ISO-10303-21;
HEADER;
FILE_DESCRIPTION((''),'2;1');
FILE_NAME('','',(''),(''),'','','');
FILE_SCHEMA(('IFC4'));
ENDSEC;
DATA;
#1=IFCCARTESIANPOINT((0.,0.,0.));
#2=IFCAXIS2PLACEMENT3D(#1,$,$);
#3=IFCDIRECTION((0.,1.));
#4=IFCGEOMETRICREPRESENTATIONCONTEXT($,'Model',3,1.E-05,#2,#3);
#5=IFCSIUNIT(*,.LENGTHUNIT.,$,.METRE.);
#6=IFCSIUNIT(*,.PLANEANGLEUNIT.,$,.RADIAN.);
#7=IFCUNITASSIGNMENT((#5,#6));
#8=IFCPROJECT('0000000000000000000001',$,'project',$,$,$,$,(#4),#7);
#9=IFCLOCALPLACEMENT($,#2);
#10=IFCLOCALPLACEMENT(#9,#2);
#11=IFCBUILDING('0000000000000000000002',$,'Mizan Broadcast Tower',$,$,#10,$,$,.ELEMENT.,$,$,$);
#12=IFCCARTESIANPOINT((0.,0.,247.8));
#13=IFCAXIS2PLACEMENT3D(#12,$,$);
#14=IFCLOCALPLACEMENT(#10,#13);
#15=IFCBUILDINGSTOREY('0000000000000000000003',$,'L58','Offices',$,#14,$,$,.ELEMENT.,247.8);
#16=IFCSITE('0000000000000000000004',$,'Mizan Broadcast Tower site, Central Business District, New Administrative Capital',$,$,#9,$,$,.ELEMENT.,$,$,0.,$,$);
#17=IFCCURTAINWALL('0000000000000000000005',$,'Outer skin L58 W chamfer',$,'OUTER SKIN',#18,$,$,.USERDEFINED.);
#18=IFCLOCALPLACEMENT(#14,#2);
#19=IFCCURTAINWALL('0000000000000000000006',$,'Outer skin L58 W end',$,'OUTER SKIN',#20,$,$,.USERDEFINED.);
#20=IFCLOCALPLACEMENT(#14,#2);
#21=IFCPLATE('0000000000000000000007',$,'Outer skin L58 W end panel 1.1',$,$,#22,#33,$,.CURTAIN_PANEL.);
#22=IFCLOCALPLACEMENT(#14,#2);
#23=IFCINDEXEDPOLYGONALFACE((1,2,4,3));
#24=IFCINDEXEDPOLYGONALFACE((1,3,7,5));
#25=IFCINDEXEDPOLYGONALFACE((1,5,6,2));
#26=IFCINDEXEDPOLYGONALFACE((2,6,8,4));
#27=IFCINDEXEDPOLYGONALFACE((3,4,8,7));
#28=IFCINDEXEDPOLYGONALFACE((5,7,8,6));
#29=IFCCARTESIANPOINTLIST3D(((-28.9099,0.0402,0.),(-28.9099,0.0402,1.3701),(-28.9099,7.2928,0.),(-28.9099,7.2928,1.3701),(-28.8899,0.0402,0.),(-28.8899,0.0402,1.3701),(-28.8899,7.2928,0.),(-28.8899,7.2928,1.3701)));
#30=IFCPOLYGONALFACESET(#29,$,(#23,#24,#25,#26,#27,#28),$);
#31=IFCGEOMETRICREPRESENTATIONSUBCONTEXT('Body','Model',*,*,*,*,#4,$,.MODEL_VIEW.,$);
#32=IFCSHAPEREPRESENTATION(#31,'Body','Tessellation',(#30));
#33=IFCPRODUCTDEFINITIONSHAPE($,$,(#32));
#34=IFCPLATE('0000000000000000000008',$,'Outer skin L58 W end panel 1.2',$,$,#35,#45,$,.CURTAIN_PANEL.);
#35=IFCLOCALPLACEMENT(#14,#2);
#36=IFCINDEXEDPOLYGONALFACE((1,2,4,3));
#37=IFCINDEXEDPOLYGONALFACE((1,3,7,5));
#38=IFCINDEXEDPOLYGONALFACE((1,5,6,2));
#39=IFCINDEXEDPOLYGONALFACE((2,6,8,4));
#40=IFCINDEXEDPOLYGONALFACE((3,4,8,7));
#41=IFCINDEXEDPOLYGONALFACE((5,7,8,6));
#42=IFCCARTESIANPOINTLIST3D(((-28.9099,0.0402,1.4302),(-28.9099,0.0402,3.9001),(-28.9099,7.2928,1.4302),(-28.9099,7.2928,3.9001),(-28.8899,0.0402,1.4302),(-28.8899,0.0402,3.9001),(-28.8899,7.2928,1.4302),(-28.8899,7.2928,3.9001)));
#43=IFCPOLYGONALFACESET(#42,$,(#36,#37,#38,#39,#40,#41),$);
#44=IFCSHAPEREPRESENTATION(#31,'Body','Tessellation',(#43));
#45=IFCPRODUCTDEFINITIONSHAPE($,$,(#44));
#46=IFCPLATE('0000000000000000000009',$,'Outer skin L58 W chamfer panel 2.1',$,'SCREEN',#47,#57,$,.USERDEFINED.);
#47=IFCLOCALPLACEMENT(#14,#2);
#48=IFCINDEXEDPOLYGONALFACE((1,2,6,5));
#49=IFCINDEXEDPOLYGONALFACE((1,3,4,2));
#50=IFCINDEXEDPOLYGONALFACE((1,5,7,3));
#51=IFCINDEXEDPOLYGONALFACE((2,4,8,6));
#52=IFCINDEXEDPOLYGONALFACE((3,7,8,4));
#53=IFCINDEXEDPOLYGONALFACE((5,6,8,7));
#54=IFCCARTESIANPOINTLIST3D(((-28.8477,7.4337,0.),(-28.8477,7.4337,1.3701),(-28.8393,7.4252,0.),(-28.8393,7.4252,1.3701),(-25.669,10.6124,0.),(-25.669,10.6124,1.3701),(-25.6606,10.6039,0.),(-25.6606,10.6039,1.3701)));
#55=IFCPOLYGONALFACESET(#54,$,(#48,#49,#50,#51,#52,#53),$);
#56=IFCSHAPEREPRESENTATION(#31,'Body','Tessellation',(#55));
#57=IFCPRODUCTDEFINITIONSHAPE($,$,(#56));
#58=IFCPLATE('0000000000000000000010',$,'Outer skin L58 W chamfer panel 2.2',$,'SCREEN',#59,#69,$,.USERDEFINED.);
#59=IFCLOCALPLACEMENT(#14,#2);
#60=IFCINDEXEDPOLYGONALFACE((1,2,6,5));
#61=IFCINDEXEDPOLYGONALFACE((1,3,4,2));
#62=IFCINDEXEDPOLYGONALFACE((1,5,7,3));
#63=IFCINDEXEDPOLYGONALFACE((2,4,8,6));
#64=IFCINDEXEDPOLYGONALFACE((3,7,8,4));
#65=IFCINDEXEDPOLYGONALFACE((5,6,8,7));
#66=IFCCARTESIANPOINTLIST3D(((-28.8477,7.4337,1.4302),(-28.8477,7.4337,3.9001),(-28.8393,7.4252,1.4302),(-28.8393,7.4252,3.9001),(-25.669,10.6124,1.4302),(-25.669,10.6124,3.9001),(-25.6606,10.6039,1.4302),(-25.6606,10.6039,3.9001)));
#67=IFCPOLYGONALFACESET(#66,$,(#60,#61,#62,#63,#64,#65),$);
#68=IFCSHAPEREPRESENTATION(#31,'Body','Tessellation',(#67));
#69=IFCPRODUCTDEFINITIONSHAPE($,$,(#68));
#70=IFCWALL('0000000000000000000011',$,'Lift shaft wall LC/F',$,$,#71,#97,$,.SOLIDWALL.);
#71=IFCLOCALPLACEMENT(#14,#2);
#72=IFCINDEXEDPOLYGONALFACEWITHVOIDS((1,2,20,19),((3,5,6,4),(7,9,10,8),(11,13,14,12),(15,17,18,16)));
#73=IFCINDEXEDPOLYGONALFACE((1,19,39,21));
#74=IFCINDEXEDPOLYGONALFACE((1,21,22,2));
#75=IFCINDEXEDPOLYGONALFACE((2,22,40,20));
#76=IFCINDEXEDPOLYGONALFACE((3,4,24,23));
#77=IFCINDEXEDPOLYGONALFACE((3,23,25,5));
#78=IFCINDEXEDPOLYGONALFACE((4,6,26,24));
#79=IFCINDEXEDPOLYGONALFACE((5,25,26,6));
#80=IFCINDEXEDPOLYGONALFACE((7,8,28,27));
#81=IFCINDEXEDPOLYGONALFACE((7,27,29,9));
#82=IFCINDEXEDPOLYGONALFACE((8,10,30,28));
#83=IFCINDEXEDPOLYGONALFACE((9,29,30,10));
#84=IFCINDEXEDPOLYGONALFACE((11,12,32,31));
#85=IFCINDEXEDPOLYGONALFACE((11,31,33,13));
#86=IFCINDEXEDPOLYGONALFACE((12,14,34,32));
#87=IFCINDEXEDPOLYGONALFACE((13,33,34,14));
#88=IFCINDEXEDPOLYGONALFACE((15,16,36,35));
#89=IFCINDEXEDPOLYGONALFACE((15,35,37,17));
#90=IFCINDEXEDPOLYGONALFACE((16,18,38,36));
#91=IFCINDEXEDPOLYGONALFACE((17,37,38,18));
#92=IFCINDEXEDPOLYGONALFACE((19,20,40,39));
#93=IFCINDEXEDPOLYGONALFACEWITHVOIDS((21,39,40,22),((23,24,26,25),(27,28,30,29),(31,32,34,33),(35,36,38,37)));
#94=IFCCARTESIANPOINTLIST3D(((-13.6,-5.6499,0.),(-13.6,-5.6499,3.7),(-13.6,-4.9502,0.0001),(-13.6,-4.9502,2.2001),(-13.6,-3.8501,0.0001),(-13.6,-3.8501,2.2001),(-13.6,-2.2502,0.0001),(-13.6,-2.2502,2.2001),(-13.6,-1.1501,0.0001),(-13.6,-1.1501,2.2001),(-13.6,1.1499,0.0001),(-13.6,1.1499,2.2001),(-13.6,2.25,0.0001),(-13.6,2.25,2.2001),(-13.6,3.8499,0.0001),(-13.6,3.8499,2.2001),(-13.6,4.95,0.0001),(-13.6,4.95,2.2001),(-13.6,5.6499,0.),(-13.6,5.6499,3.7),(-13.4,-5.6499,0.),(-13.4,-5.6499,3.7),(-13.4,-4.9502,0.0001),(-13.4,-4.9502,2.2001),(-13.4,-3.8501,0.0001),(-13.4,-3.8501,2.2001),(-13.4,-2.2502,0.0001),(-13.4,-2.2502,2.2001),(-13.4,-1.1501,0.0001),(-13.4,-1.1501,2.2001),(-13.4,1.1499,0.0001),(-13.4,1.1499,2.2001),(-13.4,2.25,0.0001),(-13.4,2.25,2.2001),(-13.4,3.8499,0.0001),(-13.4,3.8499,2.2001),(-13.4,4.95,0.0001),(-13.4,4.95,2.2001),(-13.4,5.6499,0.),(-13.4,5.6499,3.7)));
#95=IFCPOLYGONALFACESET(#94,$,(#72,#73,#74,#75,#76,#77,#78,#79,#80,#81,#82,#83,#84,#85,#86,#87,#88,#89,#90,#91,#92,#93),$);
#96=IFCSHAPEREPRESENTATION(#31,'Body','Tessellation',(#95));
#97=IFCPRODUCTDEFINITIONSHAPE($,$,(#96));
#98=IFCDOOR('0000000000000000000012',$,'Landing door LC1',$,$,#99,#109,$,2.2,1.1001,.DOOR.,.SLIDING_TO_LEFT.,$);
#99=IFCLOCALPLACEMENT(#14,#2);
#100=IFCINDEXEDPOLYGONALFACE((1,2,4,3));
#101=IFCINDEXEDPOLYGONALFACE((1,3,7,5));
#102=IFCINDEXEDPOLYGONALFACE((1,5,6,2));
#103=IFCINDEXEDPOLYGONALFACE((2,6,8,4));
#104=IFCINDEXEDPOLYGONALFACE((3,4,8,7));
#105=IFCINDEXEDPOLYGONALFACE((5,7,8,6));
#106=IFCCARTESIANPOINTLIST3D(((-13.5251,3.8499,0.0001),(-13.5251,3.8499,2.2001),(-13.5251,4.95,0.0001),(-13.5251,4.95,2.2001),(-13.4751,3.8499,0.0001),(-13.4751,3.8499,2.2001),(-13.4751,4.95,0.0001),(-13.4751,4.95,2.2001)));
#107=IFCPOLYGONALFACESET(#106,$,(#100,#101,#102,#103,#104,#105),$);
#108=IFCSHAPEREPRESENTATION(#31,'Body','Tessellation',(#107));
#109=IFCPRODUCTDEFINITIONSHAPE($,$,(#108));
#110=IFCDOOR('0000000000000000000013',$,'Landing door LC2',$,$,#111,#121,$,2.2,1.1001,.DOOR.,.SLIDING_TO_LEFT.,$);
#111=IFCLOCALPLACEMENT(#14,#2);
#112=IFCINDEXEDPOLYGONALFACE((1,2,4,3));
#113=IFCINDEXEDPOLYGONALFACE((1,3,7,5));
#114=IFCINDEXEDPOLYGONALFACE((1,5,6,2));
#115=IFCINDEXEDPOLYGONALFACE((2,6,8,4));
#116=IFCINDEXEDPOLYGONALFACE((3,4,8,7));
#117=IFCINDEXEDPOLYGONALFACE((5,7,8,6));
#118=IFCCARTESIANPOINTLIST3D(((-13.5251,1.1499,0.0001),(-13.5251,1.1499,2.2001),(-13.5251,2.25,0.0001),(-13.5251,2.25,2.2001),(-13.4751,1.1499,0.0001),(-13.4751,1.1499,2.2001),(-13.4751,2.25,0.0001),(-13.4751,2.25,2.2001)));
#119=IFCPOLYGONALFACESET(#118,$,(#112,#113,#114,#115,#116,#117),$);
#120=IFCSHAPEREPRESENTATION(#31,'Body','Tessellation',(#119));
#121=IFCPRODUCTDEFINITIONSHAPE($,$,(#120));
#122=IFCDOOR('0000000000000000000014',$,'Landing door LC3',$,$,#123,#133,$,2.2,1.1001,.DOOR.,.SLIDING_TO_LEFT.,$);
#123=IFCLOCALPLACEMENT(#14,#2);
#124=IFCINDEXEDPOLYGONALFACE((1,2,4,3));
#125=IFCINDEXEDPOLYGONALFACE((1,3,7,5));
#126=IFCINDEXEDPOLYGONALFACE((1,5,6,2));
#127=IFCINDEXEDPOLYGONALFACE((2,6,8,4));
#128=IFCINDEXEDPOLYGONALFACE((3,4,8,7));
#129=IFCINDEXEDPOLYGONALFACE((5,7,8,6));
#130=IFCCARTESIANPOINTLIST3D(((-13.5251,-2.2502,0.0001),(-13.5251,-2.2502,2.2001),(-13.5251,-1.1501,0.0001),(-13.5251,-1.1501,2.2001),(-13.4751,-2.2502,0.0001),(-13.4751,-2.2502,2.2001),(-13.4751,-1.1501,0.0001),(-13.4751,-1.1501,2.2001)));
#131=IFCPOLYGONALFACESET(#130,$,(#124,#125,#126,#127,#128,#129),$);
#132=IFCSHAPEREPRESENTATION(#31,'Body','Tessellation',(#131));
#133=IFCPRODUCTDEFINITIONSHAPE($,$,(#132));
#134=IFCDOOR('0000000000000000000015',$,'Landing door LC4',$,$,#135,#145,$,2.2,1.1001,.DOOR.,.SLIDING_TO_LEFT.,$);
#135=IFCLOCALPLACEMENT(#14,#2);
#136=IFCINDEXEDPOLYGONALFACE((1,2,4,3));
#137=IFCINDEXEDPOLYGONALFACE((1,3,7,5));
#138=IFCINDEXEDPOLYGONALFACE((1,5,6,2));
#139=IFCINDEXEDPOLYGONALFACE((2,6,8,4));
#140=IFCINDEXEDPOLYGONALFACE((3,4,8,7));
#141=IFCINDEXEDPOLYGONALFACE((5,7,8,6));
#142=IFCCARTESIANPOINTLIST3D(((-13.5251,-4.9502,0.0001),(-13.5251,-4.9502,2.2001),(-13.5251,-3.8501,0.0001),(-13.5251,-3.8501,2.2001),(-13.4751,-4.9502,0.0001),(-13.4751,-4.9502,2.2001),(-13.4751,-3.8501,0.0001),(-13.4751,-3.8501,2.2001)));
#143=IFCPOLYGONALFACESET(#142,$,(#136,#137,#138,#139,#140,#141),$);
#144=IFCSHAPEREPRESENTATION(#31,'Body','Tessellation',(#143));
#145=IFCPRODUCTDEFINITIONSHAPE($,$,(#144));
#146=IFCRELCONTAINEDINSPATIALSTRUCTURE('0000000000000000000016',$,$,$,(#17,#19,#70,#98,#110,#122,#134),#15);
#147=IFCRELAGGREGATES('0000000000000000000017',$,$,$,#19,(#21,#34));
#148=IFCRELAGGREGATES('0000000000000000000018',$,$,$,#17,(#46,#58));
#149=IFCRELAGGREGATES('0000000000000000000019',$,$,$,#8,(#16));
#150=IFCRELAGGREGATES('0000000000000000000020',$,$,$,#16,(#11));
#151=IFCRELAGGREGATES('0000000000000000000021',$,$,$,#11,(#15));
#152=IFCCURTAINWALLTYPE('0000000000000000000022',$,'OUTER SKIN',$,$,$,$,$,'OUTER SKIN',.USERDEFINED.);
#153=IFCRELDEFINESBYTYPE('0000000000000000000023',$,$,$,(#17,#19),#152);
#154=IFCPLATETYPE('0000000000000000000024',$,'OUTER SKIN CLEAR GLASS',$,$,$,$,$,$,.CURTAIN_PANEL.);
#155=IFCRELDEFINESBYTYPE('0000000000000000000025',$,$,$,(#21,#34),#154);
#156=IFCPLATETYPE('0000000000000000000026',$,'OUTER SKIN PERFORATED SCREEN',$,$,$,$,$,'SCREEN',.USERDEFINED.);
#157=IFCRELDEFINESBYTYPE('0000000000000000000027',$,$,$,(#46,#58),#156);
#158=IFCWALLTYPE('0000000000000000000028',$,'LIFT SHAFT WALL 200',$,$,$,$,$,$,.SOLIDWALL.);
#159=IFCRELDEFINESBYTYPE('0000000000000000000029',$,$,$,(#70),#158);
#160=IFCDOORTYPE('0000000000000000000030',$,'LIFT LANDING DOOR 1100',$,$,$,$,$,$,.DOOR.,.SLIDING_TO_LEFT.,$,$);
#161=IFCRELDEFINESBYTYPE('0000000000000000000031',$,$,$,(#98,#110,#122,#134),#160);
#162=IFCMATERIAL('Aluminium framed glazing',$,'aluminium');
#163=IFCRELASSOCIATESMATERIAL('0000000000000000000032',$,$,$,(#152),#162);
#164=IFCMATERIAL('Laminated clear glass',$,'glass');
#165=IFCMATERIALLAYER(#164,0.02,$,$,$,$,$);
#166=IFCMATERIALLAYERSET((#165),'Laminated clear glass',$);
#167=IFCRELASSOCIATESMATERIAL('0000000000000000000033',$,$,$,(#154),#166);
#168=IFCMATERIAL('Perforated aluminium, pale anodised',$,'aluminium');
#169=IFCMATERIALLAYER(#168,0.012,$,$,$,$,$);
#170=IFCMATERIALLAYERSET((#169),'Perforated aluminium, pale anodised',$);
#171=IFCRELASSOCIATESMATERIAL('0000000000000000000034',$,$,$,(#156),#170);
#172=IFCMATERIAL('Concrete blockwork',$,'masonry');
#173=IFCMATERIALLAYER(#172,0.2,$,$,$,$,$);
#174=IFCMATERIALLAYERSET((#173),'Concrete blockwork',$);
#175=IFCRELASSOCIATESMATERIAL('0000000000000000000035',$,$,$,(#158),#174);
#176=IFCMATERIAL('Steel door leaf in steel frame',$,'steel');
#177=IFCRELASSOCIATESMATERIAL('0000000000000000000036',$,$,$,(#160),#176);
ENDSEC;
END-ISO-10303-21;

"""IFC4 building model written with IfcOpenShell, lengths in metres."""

from ifc_helpers import new_model, si_unit, direction, frame, frame_2d, origin, origin_2d, place, context, subcontext, project, spatial, rectangle, extrude, material, layer, layer_set, type_object, element, fill, aggregate, save


model = new_model("IFC4")

# Units and contexts
model_context = context("Model", 3, precision=1e-05, world=origin(), true_north=direction((0.0, 1.0)))
body_context = subcontext(model_context, "Body", "Model", "MODEL_VIEW")
ifc_project = project(units=[si_unit("LENGTHUNIT", "METRE"), si_unit("PLANEANGLEUNIT", "RADIAN")], contexts=[model_context])

# Site, building, storey
site_placement = place(None, origin())
site = spatial("IfcSite", under=ifc_project, at=site_placement, Name="Mizan Broadcast Tower site, Central Business District, New Administrative Capital", CompositionType="ELEMENT", RefElevation=0.0)
building_placement = place(site_placement, origin())
building = spatial("IfcBuilding", under=site, at=building_placement, Name="Mizan Broadcast Tower", CompositionType="ELEMENT")
storey_placement = place(building_placement, frame((0.0, 0.0, 247.8)))
storey = spatial("IfcBuildingStorey", under=building, at=storey_placement, Name="L58", Description="Offices", CompositionType="ELEMENT", Elevation=247.8)

# Curtain wall
ifc_material_1 = material(Name="Aluminium framed glazing", Category="aluminium")
curtain_wall_type_1 = type_object("IfcCurtainWallType", Name="OUTER SKIN", ElementType="OUTER SKIN", PredefinedType="USERDEFINED", material=ifc_material_1)
curtain_wall_1_placement = place(storey_placement, origin())
curtain_wall_1 = element("IfcCurtainWall", 1, at=curtain_wall_1_placement, inside=storey, type_object=curtain_wall_type_1, Name="Outer skin L58 W chamfer", ObjectType="OUTER SKIN", PredefinedType="USERDEFINED")

# Curtain wall
curtain_wall_2_placement = place(storey_placement, origin())
curtain_wall_2 = element("IfcCurtainWall", 2, at=curtain_wall_2_placement, inside=storey, type_object=curtain_wall_type_1, Name="Outer skin L58 W end", ObjectType="OUTER SKIN", PredefinedType="USERDEFINED")

# Plates
ifc_material_2 = material(Name="Laminated clear glass", Category="glass")
ifc_layer_1 = layer(ifc_material_2, 0.02)
ifc_layer_set_1 = layer_set([ifc_layer_1], Name="Laminated clear glass")
plate_type_1 = type_object("IfcPlateType", Name="OUTER SKIN CLEAR GLASS", PredefinedType="CURTAIN_PANEL", material=ifc_layer_set_1)
plate_1_placement = place(storey_placement, frame((-28.8999, 3.6665, 0.0), z_axis=(0.0, 0.0, 1.0), x_axis=(0.0, -1.0, 0.0)))
plate_1 = element("IfcPlate", 3, at=plate_1_placement, type_object=plate_type_1, Name="Outer skin L58 W end panel 1.1", PredefinedType="CURTAIN_PANEL", context=body_context, shape_type="SweptSolid", body=[
    extrude(rectangle(XDim=7.2527, YDim=0.02, at=origin_2d()), origin(), (0.0, 0.0, 1.0), 1.3701),
])
plate_2_placement = place(storey_placement, frame((-28.8999, 3.6665, 1.4302), z_axis=(0.0, 0.0, 1.0), x_axis=(0.0, -1.0, 0.0)))
plate_2 = element("IfcPlate", 4, at=plate_2_placement, type_object=plate_type_1, Name="Outer skin L58 W end panel 1.2", PredefinedType="CURTAIN_PANEL", context=body_context, shape_type="SweptSolid", body=[
    extrude(rectangle(XDim=7.2527, YDim=0.02, at=origin_2d()), origin(), (0.0, 0.0, 1.0), 2.47),
])
aggregate(curtain_wall_2, [plate_1, plate_2])
ifc_material_3 = material(Name="Perforated aluminium, pale anodised", Category="aluminium")
ifc_layer_2 = layer(ifc_material_3, 0.012)
ifc_layer_set_2 = layer_set([ifc_layer_2], Name="Perforated aluminium, pale anodised")
plate_type_2 = type_object("IfcPlateType", Name="OUTER SKIN PERFORATED SCREEN", ElementType="SCREEN", PredefinedType="USERDEFINED", material=ifc_layer_set_2)
plate_3_placement = place(storey_placement, frame((-27.2542, 9.0188, 0.0), z_axis=(0.0, 0.0, 1.0), x_axis=(-0.707107, -0.707107, 0.0)))
plate_3 = element("IfcPlate", 5, at=plate_3_placement, type_object=plate_type_2, Name="Outer skin L58 W chamfer panel 2.1", ObjectType="SCREEN", PredefinedType="USERDEFINED", context=body_context, shape_type="SweptSolid", body=[
    extrude(rectangle(XDim=4.4954, YDim=0.012, at=origin_2d()), origin(), (0.0, 0.0, 1.0), 1.3701),
])
plate_4_placement = place(storey_placement, frame((-27.2542, 9.0188, 1.4302), z_axis=(0.0, 0.0, 1.0), x_axis=(-0.707107, -0.707107, 0.0)))
plate_4 = element("IfcPlate", 6, at=plate_4_placement, type_object=plate_type_2, Name="Outer skin L58 W chamfer panel 2.2", ObjectType="SCREEN", PredefinedType="USERDEFINED", context=body_context, shape_type="SweptSolid", body=[
    extrude(rectangle(XDim=4.4954, YDim=0.012, at=origin_2d()), origin(), (0.0, 0.0, 1.0), 2.47),
])
aggregate(curtain_wall_1, [plate_3, plate_4])

# Wall, openings, doors
ifc_material_4 = material(Name="Concrete blockwork", Category="masonry")
ifc_layer_3 = layer(ifc_material_4, 0.2)
ifc_layer_set_3 = layer_set([ifc_layer_3], Name="Concrete blockwork")
wall_type_1 = type_object("IfcWallType", Name="LIFT SHAFT WALL 200", PredefinedType="SOLIDWALL", material=ifc_layer_set_3)
wall_1_placement = place(storey_placement, frame((-13.5, 5.6499, 0.0), z_axis=(0.0, 0.0, 1.0), x_axis=(0.0, -1.0, 0.0)))
wall_1 = element("IfcWall", 7, at=wall_1_placement, inside=storey, type_object=wall_type_1, Name="Lift shaft wall LC/F", PredefinedType="SOLIDWALL", context=body_context, shape_type="SweptSolid", body=[
    extrude(rectangle(XDim=11.2998, YDim=0.2, at=frame_2d((5.6499, 0.0))), origin(), (0.0, 0.0, 1.0), 3.7),
])
opening_1_placement = place(wall_1_placement, frame((0.7, 0.0, 0.0)))
opening_1 = element("IfcOpeningElement", 8, at=opening_1_placement, cuts=wall_1, PredefinedType="OPENING", context=body_context, shape_type="SweptSolid", body=[
    extrude(rectangle(XDim=1.1001, YDim=2.2, at=frame_2d((0.55, 1.1001))), frame((0.0, 0.1099, 0.0), z_axis=(0.0, -1.0, 0.0), x_axis=(1.0, 0.0, 0.0)), (0.0, 0.0, 1.0), 0.22),
])
opening_2_placement = place(wall_1_placement, frame((3.3999, 0.0, 0.0)))
opening_2 = element("IfcOpeningElement", 9, at=opening_2_placement, cuts=wall_1, PredefinedType="OPENING", context=body_context, shape_type="SweptSolid", body=[
    extrude(rectangle(XDim=1.1001, YDim=2.2, at=frame_2d((0.55, 1.1001))), frame((0.0, 0.1099, 0.0), z_axis=(0.0, -1.0, 0.0), x_axis=(1.0, 0.0, 0.0)), (0.0, 0.0, 1.0), 0.22),
])
opening_3_placement = place(wall_1_placement, frame((6.8, 0.0, 0.0)))
opening_3 = element("IfcOpeningElement", 10, at=opening_3_placement, cuts=wall_1, PredefinedType="OPENING", context=body_context, shape_type="SweptSolid", body=[
    extrude(rectangle(XDim=1.1001, YDim=2.2, at=frame_2d((0.55, 1.1001))), frame((0.0, 0.1099, 0.0), z_axis=(0.0, -1.0, 0.0), x_axis=(1.0, 0.0, 0.0)), (0.0, 0.0, 1.0), 0.22),
])
opening_4_placement = place(wall_1_placement, frame((9.5, 0.0, 0.0)))
opening_4 = element("IfcOpeningElement", 11, at=opening_4_placement, cuts=wall_1, PredefinedType="OPENING", context=body_context, shape_type="SweptSolid", body=[
    extrude(rectangle(XDim=1.1001, YDim=2.2, at=frame_2d((0.55, 1.1001))), frame((0.0, 0.1099, 0.0), z_axis=(0.0, -1.0, 0.0), x_axis=(1.0, 0.0, 0.0)), (0.0, 0.0, 1.0), 0.22),
])
ifc_material_5 = material(Name="Steel door leaf in steel frame", Category="steel")
door_type_1 = type_object("IfcDoorType", Name="LIFT LANDING DOOR 1100", OperationType="SLIDING_TO_LEFT", PredefinedType="DOOR", material=ifc_material_5)
door_1_placement = place(opening_1_placement, origin())
door_1 = element("IfcDoor", 12, at=door_1_placement, inside=storey, type_object=door_type_1, Name="Landing door LC1", OperationType="SLIDING_TO_LEFT", OverallHeight=2.2, OverallWidth=1.1001, PredefinedType="DOOR", context=body_context, shape_type="SweptSolid", body=[
    extrude(rectangle(XDim=1.1001, YDim=2.2, at=frame_2d((0.55, 1.1001))), frame((0.0, 0.0249, 0.0), z_axis=(0.0, -1.0, 0.0), x_axis=(1.0, 0.0, 0.0)), (0.0, 0.0, 1.0), 0.05),
])
fill(opening_1, door_1)
door_2_placement = place(opening_2_placement, origin())
door_2 = element("IfcDoor", 13, at=door_2_placement, inside=storey, type_object=door_type_1, Name="Landing door LC2", OperationType="SLIDING_TO_LEFT", OverallHeight=2.2, OverallWidth=1.1001, PredefinedType="DOOR", context=body_context, shape_type="SweptSolid", body=[
    extrude(rectangle(XDim=1.1001, YDim=2.2, at=frame_2d((0.55, 1.1001))), frame((0.0, 0.0249, 0.0), z_axis=(0.0, -1.0, 0.0), x_axis=(1.0, 0.0, 0.0)), (0.0, 0.0, 1.0), 0.05),
])
fill(opening_2, door_2)
door_3_placement = place(opening_3_placement, origin())
door_3 = element("IfcDoor", 14, at=door_3_placement, inside=storey, type_object=door_type_1, Name="Landing door LC3", OperationType="SLIDING_TO_LEFT", OverallHeight=2.2, OverallWidth=1.1001, PredefinedType="DOOR", context=body_context, shape_type="SweptSolid", body=[
    extrude(rectangle(XDim=1.1001, YDim=2.2, at=frame_2d((0.55, 1.1001))), frame((0.0, 0.0249, 0.0), z_axis=(0.0, -1.0, 0.0), x_axis=(1.0, 0.0, 0.0)), (0.0, 0.0, 1.0), 0.05),
])
fill(opening_3, door_3)
door_4_placement = place(opening_4_placement, origin())
door_4 = element("IfcDoor", 15, at=door_4_placement, inside=storey, type_object=door_type_1, Name="Landing door LC4", OperationType="SLIDING_TO_LEFT", OverallHeight=2.2, OverallWidth=1.1001, PredefinedType="DOOR", context=body_context, shape_type="SweptSolid", body=[
    extrude(rectangle(XDim=1.1001, YDim=2.2, at=frame_2d((0.55, 1.1001))), frame((0.0, 0.0249, 0.0), z_axis=(0.0, -1.0, 0.0), x_axis=(1.0, 0.0, 0.0)), (0.0, 0.0, 1.0), 0.05),
])
fill(opening_4, door_4)

save(model, "model.ifc")
